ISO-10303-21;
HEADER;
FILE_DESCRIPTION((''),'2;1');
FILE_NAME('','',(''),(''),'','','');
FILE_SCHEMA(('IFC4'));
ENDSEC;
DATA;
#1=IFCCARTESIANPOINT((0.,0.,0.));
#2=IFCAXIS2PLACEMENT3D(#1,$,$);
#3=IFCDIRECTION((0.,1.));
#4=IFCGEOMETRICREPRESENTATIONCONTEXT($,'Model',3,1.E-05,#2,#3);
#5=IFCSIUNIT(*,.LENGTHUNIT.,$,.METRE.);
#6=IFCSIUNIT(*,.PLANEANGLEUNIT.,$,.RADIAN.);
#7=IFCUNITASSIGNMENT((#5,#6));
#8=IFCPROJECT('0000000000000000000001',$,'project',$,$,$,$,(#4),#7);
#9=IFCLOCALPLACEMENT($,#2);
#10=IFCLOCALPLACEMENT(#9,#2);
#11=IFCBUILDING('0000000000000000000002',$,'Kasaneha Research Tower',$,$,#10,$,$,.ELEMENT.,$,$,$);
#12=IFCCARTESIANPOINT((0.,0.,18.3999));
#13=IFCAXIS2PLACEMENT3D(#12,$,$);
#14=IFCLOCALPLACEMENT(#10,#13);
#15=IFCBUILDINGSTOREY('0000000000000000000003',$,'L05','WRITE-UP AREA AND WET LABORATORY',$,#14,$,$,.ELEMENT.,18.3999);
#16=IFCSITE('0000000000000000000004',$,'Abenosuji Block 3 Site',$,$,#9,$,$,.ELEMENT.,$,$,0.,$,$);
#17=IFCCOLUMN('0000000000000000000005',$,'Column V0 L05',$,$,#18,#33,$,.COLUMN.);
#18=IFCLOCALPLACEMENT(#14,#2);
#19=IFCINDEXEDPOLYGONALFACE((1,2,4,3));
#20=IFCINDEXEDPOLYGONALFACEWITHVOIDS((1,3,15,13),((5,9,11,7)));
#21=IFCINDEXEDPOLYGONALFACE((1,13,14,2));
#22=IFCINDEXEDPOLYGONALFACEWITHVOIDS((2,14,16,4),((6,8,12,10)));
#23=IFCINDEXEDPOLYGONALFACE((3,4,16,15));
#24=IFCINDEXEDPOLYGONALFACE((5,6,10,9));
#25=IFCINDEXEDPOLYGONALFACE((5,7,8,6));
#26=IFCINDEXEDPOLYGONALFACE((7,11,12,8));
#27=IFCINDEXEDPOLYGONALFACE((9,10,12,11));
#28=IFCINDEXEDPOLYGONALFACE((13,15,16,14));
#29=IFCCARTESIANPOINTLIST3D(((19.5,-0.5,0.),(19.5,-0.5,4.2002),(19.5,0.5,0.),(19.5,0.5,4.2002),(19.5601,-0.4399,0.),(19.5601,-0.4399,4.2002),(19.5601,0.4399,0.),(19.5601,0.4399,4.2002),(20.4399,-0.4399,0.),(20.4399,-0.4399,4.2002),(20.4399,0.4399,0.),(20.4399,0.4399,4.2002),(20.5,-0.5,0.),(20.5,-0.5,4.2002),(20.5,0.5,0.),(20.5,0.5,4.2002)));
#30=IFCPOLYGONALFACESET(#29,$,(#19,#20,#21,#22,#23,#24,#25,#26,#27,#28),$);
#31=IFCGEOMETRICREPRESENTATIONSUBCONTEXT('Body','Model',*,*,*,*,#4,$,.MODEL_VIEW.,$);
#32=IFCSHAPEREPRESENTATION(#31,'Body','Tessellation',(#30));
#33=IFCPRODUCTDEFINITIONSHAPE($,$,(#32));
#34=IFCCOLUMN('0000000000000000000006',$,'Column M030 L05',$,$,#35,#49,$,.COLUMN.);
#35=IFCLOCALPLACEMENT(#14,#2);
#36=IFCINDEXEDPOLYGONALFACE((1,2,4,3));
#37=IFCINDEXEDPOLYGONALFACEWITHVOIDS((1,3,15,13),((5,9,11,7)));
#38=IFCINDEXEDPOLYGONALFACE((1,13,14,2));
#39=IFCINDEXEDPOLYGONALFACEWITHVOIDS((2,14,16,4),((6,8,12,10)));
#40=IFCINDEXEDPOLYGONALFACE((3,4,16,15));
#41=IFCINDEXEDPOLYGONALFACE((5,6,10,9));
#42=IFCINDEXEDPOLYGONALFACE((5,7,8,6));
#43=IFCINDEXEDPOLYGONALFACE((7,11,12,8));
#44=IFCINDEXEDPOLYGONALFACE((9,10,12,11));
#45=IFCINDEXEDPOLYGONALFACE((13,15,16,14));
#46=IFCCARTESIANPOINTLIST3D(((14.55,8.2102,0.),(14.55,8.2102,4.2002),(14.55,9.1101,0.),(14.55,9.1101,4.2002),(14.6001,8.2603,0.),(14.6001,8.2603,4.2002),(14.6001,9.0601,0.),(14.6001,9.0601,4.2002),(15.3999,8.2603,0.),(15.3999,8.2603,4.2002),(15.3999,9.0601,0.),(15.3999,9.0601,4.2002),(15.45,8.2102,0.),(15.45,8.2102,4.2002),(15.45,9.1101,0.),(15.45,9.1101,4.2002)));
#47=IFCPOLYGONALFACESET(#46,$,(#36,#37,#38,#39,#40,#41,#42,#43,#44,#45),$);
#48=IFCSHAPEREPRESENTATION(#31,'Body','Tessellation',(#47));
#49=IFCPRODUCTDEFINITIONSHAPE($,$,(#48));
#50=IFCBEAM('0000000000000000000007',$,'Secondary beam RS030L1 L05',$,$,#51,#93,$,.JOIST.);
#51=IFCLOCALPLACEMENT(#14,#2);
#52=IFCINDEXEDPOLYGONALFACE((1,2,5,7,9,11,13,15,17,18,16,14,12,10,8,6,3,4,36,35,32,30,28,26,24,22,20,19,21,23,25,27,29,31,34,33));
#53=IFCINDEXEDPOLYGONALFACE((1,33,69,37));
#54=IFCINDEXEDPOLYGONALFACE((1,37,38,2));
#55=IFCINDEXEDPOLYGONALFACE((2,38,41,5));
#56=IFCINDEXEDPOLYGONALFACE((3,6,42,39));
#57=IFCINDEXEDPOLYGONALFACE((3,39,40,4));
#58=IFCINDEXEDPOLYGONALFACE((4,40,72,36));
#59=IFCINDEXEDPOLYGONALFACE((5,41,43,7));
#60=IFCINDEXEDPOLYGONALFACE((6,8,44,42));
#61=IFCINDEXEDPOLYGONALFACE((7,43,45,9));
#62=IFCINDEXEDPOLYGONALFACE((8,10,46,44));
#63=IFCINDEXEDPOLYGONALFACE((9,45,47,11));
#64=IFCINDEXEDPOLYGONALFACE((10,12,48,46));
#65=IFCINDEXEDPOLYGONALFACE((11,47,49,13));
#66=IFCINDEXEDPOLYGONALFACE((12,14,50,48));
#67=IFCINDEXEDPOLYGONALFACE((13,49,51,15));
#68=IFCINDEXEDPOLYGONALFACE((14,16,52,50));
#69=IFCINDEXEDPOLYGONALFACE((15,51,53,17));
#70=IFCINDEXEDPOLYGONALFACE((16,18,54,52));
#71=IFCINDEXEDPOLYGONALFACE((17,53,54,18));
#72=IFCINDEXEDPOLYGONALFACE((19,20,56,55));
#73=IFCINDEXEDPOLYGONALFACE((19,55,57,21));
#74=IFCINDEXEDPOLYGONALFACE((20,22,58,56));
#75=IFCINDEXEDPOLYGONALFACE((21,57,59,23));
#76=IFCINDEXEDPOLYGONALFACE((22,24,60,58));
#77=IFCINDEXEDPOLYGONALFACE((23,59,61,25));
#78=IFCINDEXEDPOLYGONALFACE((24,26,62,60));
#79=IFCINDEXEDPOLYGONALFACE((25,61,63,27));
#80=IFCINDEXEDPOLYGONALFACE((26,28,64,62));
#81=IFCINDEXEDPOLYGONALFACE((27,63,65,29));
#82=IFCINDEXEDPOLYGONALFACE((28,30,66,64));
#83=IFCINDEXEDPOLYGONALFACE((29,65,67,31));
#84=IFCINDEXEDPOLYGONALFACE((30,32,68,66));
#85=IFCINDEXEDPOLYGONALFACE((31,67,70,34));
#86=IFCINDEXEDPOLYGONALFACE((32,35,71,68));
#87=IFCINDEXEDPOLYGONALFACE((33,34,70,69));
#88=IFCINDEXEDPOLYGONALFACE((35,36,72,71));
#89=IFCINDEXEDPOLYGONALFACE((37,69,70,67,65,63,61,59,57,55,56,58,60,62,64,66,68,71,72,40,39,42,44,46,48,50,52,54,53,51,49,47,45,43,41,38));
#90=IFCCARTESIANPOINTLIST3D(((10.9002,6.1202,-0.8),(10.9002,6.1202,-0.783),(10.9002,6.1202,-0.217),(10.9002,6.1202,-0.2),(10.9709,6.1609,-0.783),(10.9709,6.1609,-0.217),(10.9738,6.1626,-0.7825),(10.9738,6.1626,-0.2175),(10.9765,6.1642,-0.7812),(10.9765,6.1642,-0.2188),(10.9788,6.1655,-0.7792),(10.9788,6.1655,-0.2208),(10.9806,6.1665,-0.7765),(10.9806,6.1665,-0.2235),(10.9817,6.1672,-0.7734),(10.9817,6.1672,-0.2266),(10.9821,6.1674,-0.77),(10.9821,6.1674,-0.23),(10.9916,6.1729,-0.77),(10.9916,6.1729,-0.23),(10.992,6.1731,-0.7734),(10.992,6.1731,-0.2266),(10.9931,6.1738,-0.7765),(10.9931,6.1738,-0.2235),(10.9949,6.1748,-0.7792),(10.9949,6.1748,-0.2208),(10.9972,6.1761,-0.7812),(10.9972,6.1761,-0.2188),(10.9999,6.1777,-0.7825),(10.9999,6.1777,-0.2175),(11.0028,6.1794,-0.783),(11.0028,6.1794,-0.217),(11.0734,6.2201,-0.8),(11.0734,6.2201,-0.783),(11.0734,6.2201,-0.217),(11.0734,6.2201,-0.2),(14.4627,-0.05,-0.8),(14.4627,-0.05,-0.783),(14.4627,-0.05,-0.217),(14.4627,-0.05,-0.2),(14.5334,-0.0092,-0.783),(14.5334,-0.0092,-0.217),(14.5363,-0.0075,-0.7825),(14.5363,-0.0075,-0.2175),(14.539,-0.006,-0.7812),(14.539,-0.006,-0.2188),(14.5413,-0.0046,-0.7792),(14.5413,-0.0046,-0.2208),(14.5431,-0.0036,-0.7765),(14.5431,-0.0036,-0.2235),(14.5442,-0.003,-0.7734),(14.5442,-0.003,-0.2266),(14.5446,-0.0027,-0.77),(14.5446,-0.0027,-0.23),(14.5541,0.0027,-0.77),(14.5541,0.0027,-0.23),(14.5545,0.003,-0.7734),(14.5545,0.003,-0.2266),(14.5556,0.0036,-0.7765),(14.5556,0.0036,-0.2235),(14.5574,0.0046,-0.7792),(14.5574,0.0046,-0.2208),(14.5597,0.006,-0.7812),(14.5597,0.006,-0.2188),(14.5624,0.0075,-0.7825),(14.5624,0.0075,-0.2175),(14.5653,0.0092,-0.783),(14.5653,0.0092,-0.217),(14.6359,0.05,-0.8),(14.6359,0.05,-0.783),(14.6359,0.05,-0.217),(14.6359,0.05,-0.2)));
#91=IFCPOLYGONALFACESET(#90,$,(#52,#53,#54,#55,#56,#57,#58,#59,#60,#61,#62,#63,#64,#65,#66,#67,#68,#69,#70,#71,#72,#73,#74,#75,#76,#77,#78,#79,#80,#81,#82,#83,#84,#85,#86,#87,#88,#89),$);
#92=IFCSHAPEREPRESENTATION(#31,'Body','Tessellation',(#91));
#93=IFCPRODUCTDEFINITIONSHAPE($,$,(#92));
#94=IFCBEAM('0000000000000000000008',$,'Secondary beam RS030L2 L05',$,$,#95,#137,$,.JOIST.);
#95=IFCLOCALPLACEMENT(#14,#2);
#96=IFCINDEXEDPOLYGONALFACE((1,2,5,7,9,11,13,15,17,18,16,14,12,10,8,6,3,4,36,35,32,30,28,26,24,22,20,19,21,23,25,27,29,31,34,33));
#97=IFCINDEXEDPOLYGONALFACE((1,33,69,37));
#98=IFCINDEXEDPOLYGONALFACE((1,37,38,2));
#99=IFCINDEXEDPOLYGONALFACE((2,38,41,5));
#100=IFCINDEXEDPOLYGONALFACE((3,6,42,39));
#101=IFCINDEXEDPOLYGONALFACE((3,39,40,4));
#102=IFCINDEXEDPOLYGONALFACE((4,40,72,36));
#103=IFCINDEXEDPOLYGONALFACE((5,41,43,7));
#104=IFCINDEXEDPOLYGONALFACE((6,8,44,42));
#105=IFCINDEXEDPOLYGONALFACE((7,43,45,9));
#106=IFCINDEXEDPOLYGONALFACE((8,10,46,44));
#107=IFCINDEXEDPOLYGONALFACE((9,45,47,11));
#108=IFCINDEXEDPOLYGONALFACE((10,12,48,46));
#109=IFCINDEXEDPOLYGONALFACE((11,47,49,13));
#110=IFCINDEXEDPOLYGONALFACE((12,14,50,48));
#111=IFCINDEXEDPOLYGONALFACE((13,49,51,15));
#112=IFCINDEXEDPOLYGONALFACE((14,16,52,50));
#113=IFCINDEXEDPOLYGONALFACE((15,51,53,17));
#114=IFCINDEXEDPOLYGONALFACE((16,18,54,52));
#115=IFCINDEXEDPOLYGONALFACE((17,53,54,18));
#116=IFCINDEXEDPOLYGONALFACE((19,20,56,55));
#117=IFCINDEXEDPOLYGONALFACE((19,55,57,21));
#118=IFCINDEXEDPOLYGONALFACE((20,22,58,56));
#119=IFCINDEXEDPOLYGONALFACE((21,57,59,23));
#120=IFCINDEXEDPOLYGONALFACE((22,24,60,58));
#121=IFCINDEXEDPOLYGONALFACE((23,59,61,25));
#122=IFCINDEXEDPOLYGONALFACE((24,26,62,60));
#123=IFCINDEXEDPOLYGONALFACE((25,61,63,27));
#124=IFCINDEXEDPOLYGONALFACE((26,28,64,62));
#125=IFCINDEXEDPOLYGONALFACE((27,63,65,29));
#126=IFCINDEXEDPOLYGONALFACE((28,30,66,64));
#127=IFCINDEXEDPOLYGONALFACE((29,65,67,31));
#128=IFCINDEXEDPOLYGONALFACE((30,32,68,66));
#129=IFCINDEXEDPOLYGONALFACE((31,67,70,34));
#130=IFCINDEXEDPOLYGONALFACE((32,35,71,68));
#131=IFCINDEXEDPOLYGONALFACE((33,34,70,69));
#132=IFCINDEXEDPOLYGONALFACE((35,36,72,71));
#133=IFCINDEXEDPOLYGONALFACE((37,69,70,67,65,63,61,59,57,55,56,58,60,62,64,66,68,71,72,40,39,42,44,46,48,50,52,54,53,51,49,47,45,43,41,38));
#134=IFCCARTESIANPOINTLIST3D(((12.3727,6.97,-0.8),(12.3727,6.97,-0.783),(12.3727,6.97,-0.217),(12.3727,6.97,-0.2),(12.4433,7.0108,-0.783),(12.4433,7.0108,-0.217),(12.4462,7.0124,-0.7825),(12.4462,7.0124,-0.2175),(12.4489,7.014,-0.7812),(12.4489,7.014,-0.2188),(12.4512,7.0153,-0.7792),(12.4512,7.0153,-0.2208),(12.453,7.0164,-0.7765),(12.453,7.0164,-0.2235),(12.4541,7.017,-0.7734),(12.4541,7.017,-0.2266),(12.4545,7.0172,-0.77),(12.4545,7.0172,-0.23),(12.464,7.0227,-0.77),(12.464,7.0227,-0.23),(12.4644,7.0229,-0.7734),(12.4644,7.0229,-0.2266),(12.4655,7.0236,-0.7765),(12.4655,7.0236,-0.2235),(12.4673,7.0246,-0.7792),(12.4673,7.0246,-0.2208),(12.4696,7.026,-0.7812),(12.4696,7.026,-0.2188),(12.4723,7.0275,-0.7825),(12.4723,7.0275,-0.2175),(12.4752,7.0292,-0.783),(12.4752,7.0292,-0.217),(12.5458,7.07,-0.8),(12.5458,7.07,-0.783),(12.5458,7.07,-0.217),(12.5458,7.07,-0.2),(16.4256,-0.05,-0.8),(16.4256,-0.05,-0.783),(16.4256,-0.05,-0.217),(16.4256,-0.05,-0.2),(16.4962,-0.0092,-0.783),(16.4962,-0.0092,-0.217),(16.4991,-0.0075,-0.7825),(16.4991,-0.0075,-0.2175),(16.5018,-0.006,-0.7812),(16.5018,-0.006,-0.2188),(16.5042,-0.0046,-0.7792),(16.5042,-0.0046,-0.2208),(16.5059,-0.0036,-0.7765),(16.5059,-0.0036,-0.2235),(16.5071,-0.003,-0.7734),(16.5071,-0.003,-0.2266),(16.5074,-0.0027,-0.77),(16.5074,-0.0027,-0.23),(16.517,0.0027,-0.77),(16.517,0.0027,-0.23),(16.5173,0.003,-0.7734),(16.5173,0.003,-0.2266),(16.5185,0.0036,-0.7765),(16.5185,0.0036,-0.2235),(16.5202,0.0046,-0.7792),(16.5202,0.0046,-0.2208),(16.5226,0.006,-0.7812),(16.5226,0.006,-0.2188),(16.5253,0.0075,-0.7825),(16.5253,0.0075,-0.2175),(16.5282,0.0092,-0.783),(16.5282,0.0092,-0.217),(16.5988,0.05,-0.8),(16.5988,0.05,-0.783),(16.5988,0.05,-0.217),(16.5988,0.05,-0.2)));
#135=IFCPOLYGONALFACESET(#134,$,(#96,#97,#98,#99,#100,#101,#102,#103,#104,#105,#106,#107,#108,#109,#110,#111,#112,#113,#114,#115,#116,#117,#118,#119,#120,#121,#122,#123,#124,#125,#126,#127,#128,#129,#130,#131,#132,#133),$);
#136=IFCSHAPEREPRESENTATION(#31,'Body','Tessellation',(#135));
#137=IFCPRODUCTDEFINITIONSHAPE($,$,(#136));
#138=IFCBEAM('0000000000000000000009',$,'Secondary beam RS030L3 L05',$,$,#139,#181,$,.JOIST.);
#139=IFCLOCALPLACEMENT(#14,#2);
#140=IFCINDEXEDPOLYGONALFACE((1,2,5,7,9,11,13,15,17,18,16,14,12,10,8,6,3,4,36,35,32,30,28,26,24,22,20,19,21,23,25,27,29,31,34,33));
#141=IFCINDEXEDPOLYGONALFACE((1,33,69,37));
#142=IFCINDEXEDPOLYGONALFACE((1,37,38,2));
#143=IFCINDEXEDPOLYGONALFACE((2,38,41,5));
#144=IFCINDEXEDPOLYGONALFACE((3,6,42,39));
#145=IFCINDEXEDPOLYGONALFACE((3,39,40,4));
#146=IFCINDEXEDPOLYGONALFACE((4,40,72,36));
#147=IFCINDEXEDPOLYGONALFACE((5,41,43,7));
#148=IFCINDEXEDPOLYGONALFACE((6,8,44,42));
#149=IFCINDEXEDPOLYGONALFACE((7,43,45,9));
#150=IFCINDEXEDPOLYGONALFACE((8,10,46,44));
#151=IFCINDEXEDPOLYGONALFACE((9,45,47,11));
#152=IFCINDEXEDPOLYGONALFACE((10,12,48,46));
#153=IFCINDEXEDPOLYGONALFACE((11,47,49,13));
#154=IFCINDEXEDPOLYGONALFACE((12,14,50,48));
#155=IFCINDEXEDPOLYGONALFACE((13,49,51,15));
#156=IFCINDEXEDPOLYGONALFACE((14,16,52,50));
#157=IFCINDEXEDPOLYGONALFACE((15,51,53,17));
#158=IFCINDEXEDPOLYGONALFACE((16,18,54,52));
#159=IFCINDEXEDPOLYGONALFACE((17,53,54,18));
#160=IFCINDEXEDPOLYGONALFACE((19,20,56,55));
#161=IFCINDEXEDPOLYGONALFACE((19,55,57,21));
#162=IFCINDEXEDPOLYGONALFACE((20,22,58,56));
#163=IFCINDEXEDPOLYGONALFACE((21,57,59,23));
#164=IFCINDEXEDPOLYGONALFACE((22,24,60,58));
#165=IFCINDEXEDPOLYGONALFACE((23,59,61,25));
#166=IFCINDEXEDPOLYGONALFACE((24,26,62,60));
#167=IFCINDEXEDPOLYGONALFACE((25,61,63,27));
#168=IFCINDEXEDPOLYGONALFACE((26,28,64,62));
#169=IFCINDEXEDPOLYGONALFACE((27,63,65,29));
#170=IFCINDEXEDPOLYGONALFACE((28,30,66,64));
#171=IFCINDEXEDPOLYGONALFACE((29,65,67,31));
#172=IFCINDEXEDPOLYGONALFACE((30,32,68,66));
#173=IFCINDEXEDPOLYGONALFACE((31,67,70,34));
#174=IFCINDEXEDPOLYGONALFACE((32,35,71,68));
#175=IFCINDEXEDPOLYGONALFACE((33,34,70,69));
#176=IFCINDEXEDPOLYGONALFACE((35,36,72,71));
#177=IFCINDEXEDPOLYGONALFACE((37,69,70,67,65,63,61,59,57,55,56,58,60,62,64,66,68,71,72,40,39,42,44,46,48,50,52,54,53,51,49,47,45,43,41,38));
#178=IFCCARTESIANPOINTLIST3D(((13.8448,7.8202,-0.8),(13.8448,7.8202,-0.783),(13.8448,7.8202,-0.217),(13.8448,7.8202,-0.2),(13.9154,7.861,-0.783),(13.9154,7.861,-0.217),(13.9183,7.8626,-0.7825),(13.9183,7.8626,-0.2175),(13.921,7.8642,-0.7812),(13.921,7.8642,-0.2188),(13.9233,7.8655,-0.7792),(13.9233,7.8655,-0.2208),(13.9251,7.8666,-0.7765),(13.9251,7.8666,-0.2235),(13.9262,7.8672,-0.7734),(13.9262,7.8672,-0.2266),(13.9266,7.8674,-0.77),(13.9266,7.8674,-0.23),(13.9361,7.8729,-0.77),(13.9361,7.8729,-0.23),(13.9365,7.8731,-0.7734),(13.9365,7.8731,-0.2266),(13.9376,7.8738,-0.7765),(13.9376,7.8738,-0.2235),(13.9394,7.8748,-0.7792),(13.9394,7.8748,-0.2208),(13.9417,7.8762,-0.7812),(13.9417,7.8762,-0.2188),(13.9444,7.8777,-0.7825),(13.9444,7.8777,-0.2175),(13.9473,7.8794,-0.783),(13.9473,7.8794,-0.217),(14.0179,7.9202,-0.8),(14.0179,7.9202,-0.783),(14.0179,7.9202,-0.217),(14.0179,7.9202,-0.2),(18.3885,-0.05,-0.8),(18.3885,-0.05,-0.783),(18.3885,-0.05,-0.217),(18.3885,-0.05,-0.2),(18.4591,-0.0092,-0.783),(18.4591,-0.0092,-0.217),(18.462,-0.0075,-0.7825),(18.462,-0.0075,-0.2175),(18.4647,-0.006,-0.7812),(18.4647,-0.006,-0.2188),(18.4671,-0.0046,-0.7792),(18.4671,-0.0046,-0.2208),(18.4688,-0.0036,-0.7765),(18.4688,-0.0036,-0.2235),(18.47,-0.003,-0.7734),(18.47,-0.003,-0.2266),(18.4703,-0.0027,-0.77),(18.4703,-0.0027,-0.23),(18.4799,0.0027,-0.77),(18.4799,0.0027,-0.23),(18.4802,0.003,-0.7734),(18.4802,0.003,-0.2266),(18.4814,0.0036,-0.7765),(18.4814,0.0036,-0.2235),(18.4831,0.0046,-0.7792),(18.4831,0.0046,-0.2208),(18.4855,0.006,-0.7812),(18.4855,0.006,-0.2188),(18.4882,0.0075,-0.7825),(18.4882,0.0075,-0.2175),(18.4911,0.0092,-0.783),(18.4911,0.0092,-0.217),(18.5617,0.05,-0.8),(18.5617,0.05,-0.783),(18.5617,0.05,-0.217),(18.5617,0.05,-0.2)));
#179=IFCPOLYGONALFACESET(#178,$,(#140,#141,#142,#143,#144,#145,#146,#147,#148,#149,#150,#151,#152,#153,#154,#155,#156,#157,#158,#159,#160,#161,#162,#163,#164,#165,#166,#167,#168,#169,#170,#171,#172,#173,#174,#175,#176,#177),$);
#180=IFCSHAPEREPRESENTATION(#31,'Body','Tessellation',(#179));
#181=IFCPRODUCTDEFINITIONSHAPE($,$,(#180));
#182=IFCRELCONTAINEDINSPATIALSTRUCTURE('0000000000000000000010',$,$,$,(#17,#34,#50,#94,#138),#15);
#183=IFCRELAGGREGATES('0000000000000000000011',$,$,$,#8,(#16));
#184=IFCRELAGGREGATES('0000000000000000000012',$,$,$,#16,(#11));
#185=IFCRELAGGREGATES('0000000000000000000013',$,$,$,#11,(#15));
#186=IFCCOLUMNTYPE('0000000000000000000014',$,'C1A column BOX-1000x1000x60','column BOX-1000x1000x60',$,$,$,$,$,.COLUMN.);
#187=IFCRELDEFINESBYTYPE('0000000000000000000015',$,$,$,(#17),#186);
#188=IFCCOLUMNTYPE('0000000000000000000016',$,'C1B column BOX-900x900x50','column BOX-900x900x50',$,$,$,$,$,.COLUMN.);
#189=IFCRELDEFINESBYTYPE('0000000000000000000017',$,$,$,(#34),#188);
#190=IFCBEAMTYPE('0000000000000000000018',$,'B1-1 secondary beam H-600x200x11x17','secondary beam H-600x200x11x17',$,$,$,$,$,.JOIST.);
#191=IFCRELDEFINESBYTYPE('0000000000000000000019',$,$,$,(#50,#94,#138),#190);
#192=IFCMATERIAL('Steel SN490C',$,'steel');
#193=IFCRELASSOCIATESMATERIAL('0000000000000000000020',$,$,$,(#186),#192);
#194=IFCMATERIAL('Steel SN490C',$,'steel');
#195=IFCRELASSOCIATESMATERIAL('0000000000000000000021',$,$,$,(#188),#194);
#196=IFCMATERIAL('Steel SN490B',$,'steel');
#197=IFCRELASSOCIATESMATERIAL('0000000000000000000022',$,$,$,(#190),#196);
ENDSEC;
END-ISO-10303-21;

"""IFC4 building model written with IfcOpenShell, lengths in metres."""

from ifc_helpers import new_model, si_unit, direction, frame, origin, origin_2d, place, context, subcontext, project, spatial, hollow_rectangle, i_section, extrude, material, material_profile, profile_set, type_object, element, save


model = new_model("IFC4")

# Units and contexts
model_context = context("Model", 3, precision=1e-05, world=origin(), true_north=direction((0.0, 1.0)))
body_context = subcontext(model_context, "Body", "Model", "MODEL_VIEW")
ifc_project = project(units=[si_unit("LENGTHUNIT", "METRE"), si_unit("PLANEANGLEUNIT", "RADIAN")], contexts=[model_context])

# Site, building, storey
site_placement = place(None, origin())
site = spatial("IfcSite", under=ifc_project, at=site_placement, Name="Abenosuji Block 3 Site", CompositionType="ELEMENT", RefElevation=0.0)
building_placement = place(site_placement, origin())
building = spatial("IfcBuilding", under=site, at=building_placement, Name="Kasaneha Research Tower", CompositionType="ELEMENT")
storey_placement = place(building_placement, frame((0.0, 0.0, 18.3999)))
storey = spatial("IfcBuildingStorey", under=building, at=storey_placement, Name="L05", Description="WRITE-UP AREA AND WET LABORATORY", CompositionType="ELEMENT", Elevation=18.3999)

# Columns
ifc_material_1 = material(Name="Steel SN490C", Category="steel")
ifc_material_profile_1 = material_profile(ifc_material_1, hollow_rectangle(XDim=1.0, YDim=1.0, WallThickness=0.0601, at=origin_2d()), Name="BOX-1000x1000x60")
ifc_profile_set_1 = profile_set([ifc_material_profile_1], Name="Steel SN490C")
column_type_1 = type_object("IfcColumnType", Name="C1A column BOX-1000x1000x60", Description="column BOX-1000x1000x60", PredefinedType="COLUMN", material=ifc_profile_set_1)
column_1_placement = place(storey_placement, frame((20.0, 0.0, 0.0), z_axis=(0.0, 0.0, 1.0), x_axis=(1.0, 0.0, 0.0)))
element("IfcColumn", 1, at=column_1_placement, inside=storey, type_object=column_type_1, Name="Column V0 L05", PredefinedType="COLUMN", context=body_context, shape_type="SweptSolid", body=[
    extrude(hollow_rectangle(XDim=1.0, YDim=1.0, WallThickness=0.0601, at=origin_2d()), origin(), (0.0, 0.0, 1.0), 4.2002),
])
ifc_material_2 = material(Name="Steel SN490C", Category="steel")
ifc_material_profile_2 = material_profile(ifc_material_2, hollow_rectangle(XDim=0.8999, YDim=0.8999, WallThickness=0.05, at=origin_2d()), Name="BOX-900x900x50")
ifc_profile_set_2 = profile_set([ifc_material_profile_2], Name="Steel SN490C")
column_type_2 = type_object("IfcColumnType", Name="C1B column BOX-900x900x50", Description="column BOX-900x900x50", PredefinedType="COLUMN", material=ifc_profile_set_2)
column_2_placement = place(storey_placement, frame((15.0, 8.6602, 0.0), z_axis=(0.0, 0.0, 1.0), x_axis=(1.0, 0.0, 0.0)))
element("IfcColumn", 2, at=column_2_placement, inside=storey, type_object=column_type_2, Name="Column M030 L05", PredefinedType="COLUMN", context=body_context, shape_type="SweptSolid", body=[
    extrude(hollow_rectangle(XDim=0.8999, YDim=0.8999, WallThickness=0.05, at=origin_2d()), origin(), (0.0, 0.0, 1.0), 4.2002),
])

# Beams
ifc_material_3 = material(Name="Steel SN490B", Category="steel")
ifc_material_profile_3 = material_profile(ifc_material_3, i_section(OverallWidth=0.2, OverallDepth=0.6001, WebThickness=0.011, FlangeThickness=0.0171, FilletRadius=0.0129, at=origin_2d()), Name="H-600x200x11x17")
ifc_profile_set_3 = profile_set([ifc_material_profile_3], Name="Steel SN490B")
beam_type_1 = type_object("IfcBeamType", Name="B1-1 secondary beam H-600x200x11x17", Description="secondary beam H-600x200x11x17", PredefinedType="JOIST", material=ifc_profile_set_3)
beam_1_placement = place(storey_placement, frame((14.5493, 0.0, -0.5), z_axis=(-0.500016, 0.866016, 0.0), x_axis=(-0.866016, -0.500016, 0.0)))
element("IfcBeam", 3, at=beam_1_placement, inside=storey, type_object=beam_type_1, Name="Secondary beam RS030L1 L05", PredefinedType="JOIST", context=body_context, shape_type="SweptSolid", body=[
    extrude(i_section(OverallWidth=0.2, OverallDepth=0.6001, WebThickness=0.011, FlangeThickness=0.0171, FilletRadius=0.0129, at=origin_2d()), origin(), (0.0, 0.0, 1.0), 7.1248),
])
beam_2_placement = place(storey_placement, frame((16.5122, 0.0, -0.5), z_axis=(-0.499997, 0.866027, 0.0), x_axis=(-0.866027, -0.499997, 0.0)))
element("IfcBeam", 4, at=beam_2_placement, inside=storey, type_object=beam_type_1, Name="Secondary beam RS030L2 L05", PredefinedType="JOIST", context=body_context, shape_type="SweptSolid", body=[
    extrude(i_section(OverallWidth=0.2, OverallDepth=0.6001, WebThickness=0.011, FlangeThickness=0.0171, FilletRadius=0.0129, at=origin_2d()), origin(), (0.0, 0.0, 1.0), 8.106),
])
beam_3_placement = place(storey_placement, frame((18.4751, 0.0, -0.5), z_axis=(-0.499991, 0.866031, 0.0), x_axis=(-0.866031, -0.499991, 0.0)))
element("IfcBeam", 5, at=beam_3_placement, inside=storey, type_object=beam_type_1, Name="Secondary beam RS030L3 L05", PredefinedType="JOIST", context=body_context, shape_type="SweptSolid", body=[
    extrude(i_section(OverallWidth=0.2, OverallDepth=0.6001, WebThickness=0.011, FlangeThickness=0.0171, FilletRadius=0.0129, at=origin_2d()), origin(), (0.0, 0.0, 1.0), 9.0876),
])

save(model, "model.ifc")
